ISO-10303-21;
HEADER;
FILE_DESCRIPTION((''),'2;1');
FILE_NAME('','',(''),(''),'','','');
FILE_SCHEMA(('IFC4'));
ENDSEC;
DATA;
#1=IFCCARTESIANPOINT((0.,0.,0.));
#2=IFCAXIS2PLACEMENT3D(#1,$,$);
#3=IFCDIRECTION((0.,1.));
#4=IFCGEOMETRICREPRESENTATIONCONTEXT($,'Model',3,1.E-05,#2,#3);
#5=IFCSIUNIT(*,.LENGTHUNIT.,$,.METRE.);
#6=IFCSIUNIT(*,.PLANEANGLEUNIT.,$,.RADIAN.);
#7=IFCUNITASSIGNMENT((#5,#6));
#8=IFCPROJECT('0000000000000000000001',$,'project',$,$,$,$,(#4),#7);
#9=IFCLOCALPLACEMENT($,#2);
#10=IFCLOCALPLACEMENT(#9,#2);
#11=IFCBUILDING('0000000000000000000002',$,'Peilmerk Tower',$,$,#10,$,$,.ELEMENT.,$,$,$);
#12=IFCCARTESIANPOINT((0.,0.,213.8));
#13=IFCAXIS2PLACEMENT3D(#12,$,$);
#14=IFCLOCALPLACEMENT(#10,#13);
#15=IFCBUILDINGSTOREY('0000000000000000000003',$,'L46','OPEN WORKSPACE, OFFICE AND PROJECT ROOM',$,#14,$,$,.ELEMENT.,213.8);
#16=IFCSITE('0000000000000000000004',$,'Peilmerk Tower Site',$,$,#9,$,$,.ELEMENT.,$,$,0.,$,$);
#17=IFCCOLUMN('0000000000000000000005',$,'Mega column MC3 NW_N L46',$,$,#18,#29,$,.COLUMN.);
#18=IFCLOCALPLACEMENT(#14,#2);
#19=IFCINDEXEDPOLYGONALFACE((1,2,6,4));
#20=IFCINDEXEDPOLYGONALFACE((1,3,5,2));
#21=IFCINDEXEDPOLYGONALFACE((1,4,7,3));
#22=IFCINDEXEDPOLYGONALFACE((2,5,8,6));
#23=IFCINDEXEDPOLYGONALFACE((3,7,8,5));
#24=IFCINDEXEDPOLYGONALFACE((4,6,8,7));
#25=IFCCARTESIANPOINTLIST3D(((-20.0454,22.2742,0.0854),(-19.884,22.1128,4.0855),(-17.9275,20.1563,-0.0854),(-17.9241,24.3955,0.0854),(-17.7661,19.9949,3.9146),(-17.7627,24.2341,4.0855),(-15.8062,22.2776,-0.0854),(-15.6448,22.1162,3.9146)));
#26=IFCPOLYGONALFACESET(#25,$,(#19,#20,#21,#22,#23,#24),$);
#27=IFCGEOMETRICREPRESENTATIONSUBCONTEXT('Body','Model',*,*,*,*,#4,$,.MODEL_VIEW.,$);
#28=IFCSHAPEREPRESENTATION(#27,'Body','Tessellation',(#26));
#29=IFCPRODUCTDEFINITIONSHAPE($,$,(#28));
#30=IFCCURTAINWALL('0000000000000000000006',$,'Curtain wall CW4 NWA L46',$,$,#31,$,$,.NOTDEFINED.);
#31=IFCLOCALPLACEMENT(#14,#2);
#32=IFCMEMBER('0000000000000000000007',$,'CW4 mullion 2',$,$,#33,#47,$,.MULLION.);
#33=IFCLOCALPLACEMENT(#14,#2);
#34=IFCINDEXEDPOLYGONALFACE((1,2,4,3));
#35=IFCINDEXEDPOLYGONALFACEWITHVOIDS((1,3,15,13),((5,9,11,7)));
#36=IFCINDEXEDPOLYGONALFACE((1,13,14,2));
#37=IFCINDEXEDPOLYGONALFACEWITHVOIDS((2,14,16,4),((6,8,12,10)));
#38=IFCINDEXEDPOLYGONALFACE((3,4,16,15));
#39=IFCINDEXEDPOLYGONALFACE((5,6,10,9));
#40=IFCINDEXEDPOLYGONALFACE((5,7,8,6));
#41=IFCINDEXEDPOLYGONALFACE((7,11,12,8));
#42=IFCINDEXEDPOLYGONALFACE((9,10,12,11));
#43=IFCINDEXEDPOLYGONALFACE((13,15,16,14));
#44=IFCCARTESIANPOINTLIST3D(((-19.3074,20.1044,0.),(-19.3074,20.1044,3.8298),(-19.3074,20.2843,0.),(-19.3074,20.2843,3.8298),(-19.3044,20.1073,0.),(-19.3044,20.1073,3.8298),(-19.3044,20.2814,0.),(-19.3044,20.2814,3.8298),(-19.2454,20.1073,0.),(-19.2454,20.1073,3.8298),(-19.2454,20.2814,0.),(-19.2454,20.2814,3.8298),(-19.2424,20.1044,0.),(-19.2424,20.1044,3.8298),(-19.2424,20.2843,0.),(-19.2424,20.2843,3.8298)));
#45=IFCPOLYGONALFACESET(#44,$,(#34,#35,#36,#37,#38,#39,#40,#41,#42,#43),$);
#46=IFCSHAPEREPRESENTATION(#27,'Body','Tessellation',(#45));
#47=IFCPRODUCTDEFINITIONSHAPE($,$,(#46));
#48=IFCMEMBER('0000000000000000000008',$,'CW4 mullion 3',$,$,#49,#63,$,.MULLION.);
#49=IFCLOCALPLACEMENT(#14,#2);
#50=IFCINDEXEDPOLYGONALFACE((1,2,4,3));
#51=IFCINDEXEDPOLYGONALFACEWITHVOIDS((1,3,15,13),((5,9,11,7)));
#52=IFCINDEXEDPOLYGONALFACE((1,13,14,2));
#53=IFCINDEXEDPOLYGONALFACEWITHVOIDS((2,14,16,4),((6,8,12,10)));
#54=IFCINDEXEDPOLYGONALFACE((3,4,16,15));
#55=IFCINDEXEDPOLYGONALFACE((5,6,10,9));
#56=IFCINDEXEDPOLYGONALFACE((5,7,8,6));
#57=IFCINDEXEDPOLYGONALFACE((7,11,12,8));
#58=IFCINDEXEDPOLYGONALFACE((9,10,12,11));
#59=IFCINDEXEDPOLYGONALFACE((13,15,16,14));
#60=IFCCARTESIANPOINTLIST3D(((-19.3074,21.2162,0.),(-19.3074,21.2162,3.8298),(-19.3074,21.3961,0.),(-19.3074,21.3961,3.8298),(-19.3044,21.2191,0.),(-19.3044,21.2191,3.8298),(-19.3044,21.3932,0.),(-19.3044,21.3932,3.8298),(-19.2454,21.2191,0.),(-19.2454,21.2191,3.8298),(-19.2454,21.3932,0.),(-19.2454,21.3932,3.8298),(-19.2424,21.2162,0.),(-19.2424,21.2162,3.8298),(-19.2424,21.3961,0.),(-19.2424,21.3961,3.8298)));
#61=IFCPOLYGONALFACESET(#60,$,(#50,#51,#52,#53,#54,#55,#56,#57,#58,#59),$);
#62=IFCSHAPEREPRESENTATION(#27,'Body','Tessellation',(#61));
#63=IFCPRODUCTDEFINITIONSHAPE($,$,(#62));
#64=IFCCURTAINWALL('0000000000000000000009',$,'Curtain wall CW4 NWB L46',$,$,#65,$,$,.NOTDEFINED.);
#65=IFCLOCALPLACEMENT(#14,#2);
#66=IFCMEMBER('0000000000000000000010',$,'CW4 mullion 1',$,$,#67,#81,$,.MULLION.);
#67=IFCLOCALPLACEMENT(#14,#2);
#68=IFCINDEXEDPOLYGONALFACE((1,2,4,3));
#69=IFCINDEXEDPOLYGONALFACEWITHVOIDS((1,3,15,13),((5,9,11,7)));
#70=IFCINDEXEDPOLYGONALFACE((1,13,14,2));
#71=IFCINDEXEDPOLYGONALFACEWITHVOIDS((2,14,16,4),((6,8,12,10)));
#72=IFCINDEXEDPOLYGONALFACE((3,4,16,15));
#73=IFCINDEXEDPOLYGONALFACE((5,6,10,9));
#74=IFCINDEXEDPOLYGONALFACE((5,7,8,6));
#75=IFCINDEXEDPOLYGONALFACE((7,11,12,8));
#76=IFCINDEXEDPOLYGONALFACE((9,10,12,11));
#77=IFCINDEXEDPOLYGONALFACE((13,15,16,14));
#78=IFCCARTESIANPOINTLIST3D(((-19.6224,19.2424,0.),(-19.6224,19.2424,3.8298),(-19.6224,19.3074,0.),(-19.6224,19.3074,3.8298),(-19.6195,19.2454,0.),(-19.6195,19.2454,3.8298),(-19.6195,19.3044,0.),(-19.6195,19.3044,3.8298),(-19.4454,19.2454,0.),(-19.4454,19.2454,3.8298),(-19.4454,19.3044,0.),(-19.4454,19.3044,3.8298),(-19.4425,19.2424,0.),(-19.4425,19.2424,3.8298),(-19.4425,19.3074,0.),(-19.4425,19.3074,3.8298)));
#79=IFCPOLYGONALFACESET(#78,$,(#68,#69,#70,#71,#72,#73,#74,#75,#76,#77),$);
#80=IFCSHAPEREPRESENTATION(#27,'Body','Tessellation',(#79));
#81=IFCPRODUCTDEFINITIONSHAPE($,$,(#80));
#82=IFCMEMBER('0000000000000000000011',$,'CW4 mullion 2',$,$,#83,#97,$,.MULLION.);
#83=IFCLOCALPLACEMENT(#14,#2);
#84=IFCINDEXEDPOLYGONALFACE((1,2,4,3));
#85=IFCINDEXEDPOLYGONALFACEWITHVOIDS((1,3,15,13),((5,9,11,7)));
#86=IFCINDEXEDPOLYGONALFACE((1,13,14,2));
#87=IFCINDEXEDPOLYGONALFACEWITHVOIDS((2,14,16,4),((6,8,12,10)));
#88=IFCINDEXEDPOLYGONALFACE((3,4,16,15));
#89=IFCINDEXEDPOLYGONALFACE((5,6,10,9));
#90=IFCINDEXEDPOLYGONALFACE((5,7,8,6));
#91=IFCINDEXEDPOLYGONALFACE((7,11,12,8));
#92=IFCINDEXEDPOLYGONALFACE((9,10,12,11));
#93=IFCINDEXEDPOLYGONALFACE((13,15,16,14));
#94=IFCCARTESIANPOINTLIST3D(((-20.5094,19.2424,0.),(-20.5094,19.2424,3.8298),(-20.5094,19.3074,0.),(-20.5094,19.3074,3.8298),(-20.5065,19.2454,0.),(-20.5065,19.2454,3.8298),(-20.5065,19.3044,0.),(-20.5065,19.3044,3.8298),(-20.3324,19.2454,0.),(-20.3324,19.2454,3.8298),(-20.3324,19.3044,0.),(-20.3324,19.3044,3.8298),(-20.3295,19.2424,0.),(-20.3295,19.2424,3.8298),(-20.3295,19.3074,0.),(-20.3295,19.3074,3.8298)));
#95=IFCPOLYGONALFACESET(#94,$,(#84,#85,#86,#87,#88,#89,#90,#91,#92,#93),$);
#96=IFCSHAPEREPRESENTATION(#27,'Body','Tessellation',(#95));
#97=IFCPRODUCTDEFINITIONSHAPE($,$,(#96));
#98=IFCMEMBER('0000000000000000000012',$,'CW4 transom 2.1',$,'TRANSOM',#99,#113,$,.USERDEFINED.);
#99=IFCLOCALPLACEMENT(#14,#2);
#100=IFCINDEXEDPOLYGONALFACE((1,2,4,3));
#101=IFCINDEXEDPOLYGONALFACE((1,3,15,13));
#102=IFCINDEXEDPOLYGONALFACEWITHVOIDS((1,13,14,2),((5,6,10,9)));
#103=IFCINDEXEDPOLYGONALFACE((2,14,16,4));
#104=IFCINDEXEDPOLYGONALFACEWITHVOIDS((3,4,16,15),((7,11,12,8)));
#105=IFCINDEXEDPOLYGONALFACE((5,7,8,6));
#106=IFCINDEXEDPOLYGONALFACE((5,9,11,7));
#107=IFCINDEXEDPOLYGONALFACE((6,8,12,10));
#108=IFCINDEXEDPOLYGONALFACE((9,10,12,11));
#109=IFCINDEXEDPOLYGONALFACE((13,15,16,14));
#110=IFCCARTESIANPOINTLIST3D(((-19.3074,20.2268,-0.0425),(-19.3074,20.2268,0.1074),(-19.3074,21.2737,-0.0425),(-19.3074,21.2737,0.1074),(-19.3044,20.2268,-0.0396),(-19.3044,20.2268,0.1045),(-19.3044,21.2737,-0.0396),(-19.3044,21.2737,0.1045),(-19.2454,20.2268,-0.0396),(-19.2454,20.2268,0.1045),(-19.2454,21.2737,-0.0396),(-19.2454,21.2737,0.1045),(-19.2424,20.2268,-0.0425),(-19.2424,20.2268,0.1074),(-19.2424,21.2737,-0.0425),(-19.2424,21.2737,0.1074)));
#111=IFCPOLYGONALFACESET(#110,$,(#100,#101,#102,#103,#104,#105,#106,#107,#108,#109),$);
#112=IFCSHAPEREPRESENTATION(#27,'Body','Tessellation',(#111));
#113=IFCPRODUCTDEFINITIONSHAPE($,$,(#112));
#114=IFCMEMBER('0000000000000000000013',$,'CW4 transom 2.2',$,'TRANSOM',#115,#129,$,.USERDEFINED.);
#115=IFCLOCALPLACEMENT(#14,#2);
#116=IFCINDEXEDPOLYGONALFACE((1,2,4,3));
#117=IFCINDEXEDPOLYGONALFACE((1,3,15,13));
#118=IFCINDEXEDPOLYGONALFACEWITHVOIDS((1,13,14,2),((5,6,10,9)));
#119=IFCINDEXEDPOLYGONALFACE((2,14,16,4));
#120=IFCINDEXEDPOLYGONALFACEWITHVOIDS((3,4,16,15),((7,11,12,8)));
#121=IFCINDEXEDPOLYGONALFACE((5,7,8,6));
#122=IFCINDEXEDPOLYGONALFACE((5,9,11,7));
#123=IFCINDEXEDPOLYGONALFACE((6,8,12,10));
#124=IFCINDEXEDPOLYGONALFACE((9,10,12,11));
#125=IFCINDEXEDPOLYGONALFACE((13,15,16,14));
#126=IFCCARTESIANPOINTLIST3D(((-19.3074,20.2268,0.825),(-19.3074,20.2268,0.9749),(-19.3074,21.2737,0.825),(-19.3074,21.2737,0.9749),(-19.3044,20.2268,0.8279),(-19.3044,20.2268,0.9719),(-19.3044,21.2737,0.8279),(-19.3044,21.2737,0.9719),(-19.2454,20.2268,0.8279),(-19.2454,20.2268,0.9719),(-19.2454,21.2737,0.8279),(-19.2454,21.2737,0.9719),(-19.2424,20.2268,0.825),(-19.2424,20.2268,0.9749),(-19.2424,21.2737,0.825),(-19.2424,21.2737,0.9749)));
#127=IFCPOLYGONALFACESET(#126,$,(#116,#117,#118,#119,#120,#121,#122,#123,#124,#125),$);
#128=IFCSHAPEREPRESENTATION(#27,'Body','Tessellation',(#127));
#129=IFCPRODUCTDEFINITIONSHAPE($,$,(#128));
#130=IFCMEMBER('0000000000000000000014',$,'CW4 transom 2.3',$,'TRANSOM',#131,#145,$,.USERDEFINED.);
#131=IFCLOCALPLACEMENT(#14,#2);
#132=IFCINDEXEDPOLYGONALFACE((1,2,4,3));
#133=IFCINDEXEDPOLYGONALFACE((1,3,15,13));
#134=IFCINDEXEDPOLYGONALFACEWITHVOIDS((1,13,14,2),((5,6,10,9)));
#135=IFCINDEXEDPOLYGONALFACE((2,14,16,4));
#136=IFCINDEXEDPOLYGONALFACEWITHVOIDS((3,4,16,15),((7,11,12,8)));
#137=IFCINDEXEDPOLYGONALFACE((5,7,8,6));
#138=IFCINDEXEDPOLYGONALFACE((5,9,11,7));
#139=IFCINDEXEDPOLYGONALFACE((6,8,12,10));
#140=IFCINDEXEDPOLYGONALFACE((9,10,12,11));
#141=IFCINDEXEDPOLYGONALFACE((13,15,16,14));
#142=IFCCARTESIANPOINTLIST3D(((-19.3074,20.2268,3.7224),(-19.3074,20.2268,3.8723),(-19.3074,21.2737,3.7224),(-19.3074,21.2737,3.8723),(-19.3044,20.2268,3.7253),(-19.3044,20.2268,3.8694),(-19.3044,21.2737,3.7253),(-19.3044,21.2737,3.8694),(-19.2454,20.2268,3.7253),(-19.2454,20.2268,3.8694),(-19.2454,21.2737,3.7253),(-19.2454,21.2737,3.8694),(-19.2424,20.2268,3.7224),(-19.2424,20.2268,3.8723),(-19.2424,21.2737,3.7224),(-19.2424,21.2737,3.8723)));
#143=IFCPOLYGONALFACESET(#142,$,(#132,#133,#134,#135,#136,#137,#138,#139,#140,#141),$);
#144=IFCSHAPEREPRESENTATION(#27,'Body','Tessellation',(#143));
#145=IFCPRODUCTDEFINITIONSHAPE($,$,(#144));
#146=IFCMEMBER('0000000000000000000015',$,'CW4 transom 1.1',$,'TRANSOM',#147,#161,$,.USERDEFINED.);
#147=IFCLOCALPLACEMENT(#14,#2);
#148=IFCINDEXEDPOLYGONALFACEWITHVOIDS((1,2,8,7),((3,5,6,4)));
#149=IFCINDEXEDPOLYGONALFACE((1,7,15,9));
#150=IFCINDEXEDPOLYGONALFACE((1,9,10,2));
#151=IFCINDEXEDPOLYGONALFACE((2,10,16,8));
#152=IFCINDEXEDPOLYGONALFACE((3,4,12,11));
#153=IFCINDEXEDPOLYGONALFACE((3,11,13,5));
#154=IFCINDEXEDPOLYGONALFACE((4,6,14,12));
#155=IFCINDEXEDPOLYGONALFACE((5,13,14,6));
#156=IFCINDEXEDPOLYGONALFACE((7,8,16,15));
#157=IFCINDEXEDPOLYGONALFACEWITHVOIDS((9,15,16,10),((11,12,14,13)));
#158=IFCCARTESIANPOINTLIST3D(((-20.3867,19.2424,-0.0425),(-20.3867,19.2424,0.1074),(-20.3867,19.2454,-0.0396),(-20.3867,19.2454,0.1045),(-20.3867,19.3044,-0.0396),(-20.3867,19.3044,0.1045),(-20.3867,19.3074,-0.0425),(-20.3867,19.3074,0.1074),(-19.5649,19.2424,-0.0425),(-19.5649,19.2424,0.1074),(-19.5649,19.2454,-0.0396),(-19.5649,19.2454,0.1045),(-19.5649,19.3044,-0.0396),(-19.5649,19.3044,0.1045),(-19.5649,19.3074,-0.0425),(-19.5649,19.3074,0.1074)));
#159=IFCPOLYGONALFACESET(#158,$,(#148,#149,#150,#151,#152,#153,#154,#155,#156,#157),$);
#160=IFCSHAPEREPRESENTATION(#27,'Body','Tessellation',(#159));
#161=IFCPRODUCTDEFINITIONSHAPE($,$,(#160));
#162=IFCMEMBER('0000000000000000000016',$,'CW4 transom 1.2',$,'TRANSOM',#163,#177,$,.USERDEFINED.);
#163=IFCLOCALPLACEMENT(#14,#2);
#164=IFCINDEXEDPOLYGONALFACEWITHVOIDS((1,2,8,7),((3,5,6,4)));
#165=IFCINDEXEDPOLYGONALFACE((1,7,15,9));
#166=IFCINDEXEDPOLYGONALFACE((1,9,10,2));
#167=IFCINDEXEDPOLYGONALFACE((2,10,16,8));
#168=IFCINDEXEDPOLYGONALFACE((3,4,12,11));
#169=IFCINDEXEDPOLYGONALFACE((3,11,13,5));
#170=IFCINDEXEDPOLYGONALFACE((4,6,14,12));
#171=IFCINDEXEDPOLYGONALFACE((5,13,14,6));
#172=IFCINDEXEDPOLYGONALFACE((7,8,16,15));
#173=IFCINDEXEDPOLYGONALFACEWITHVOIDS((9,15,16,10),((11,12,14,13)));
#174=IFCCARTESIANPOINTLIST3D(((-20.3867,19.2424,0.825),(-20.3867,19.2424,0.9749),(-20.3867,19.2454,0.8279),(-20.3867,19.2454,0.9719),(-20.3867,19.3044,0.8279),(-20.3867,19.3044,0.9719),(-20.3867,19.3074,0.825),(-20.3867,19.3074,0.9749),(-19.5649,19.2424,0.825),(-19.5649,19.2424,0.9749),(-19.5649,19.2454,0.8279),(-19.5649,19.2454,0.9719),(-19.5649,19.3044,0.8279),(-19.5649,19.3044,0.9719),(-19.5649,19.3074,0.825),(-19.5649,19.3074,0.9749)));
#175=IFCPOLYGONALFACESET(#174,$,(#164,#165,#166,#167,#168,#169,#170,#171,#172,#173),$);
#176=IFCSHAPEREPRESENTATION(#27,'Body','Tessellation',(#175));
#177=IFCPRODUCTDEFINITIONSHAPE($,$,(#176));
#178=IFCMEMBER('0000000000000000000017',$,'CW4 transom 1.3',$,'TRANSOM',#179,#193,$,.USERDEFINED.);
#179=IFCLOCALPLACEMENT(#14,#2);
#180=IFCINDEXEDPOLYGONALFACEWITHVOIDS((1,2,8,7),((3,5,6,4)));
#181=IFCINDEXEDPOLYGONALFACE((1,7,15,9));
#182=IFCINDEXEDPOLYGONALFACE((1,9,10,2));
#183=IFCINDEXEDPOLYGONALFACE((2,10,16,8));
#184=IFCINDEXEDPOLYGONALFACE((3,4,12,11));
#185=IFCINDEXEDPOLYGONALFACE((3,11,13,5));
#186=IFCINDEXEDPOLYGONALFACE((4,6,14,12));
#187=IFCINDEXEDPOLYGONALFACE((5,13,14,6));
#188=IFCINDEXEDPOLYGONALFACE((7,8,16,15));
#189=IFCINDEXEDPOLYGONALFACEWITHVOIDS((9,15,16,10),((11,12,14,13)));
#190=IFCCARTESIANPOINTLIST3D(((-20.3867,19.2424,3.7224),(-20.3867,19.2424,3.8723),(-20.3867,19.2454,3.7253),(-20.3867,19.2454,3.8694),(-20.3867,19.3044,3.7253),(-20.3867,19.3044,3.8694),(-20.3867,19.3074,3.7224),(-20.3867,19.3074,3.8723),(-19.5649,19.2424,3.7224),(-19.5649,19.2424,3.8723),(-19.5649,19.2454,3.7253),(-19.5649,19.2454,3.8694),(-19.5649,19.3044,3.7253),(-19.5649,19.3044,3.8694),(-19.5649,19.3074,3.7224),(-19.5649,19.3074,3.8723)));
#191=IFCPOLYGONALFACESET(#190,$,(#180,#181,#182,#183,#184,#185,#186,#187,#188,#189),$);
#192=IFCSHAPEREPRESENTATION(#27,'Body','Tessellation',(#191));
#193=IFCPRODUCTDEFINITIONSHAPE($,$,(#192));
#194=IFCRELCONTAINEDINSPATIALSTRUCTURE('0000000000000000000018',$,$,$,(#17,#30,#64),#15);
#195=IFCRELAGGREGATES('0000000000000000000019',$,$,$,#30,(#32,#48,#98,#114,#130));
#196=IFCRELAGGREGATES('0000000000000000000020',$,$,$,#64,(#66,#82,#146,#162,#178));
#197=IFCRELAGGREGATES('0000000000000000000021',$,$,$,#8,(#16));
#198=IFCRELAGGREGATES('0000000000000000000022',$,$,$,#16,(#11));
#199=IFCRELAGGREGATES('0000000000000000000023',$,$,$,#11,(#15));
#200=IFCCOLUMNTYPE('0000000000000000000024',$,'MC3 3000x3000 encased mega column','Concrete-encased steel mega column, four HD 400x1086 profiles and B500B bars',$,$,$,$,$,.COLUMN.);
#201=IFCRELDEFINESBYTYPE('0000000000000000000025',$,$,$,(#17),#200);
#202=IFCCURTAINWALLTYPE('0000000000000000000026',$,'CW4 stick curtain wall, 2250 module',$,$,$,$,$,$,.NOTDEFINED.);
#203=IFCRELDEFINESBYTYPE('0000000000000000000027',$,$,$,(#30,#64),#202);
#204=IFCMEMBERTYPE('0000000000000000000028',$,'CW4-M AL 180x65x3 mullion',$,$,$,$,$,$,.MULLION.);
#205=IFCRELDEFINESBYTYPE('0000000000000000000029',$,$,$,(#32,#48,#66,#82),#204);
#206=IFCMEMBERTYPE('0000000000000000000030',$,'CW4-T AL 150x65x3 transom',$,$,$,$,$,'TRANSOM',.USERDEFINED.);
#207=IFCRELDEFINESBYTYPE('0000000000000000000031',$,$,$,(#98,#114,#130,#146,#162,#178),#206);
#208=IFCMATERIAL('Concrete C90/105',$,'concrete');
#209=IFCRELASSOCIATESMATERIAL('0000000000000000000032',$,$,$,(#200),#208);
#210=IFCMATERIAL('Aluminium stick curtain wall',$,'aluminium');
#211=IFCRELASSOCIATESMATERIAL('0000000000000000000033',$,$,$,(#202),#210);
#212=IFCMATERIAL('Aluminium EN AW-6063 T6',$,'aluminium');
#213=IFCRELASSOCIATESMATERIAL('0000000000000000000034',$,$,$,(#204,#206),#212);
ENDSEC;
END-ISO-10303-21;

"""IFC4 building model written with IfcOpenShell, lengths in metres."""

from ifc_helpers import new_model, si_unit, direction, frame, origin, origin_2d, place, context, subcontext, project, spatial, rectangle, hollow_rectangle, extrude, material, material_profile, profile_set, type_object, element, aggregate, save


model = new_model("IFC4")

# Units and contexts
model_context = context("Model", 3, precision=1e-05, world=origin(), true_north=direction((0.0, 1.0)))
body_context = subcontext(model_context, "Body", "Model", "MODEL_VIEW")
ifc_project = project(units=[si_unit("LENGTHUNIT", "METRE"), si_unit("PLANEANGLEUNIT", "RADIAN")], contexts=[model_context])

# Site, building, storey
site_placement = place(None, origin())
site = spatial("IfcSite", under=ifc_project, at=site_placement, Name="Peilmerk Tower Site", CompositionType="ELEMENT", RefElevation=0.0)
building_placement = place(site_placement, origin())
building = spatial("IfcBuilding", under=site, at=building_placement, Name="Peilmerk Tower", CompositionType="ELEMENT")
storey_placement = place(building_placement, frame((0.0, 0.0, 213.8)))
storey = spatial("IfcBuildingStorey", under=building, at=storey_placement, Name="L46", Description="OPEN WORKSPACE, OFFICE AND PROJECT ROOM", CompositionType="ELEMENT", Elevation=213.8)

# Column
ifc_material_1 = material(Name="Concrete C90/105", Category="concrete")
ifc_material_profile_1 = material_profile(ifc_material_1, rectangle(XDim=3.0, YDim=3.0, at=origin_2d()), Name="RC 3000x3000")
ifc_profile_set_1 = profile_set([ifc_material_profile_1], Name="Concrete C90/105")
column_type = type_object("IfcColumnType", Name="MC3 3000x3000 encased mega column", Description="Concrete-encased steel mega column, four HD 400x1086 profiles and B500B bars", PredefinedType="COLUMN", material=ifc_profile_set_1)
column_placement = place(storey_placement, frame((-17.9258, 22.2759, 0.0), z_axis=(0.040279, -0.040279, 0.998376), x_axis=(0.707107, 0.707107, 0.0)))
element("IfcColumn", 1, at=column_placement, inside=storey, type_object=column_type, Name="Mega column MC3 NW_N L46", PredefinedType="COLUMN", context=body_context, shape_type="SweptSolid", body=[
    extrude(rectangle(XDim=3.0, YDim=3.0, at=origin_2d()), origin(), (0.0, 0.0, 1.0), 4.0066),
])

# Curtain walls, members
ifc_material_2 = material(Name="Aluminium stick curtain wall", Category="aluminium")
curtain_wall_type = type_object("IfcCurtainWallType", Name="CW4 stick curtain wall, 2250 module", PredefinedType="NOTDEFINED", material=ifc_material_2)
curtain_wall_1_placement = place(storey_placement, origin())
curtain_wall_1 = element("IfcCurtainWall", 2, at=curtain_wall_1_placement, inside=storey, type_object=curtain_wall_type, Name="Curtain wall CW4 NWA L46", PredefinedType="NOTDEFINED")
ifc_material_3 = material(Name="Aluminium EN AW-6063 T6", Category="aluminium")
ifc_material_profile_2 = material_profile(ifc_material_3, hollow_rectangle(XDim=0.0649, YDim=0.1799, WallThickness=0.0029, at=origin_2d()), Name="AL 180x65x3")
ifc_profile_set_2 = profile_set([ifc_material_profile_2], Name="Aluminium EN AW-6063 T6")
member_type_1 = type_object("IfcMemberType", Name="CW4-M AL 180x65x3 mullion", PredefinedType="MULLION", material=ifc_profile_set_2)
member_1_placement = place(storey_placement, frame((-19.2749, 20.1943, 0.0), z_axis=(0.0, 0.0, 1.0), x_axis=(-1.0, 0.0, 0.0)))
member_1 = element("IfcMember", 3, at=member_1_placement, type_object=member_type_1, Name="CW4 mullion 2", PredefinedType="MULLION", context=body_context, shape_type="SweptSolid", body=[
    extrude(hollow_rectangle(XDim=0.0649, YDim=0.1799, WallThickness=0.0029, at=origin_2d()), origin(), (0.0, 0.0, 1.0), 3.8298),
])
member_2_placement = place(storey_placement, frame((-19.2749, 21.3062, 0.0), z_axis=(0.0, 0.0, 1.0), x_axis=(-1.0, 0.0, 0.0)))
member_2 = element("IfcMember", 4, at=member_2_placement, type_object=member_type_1, Name="CW4 mullion 3", PredefinedType="MULLION", context=body_context, shape_type="SweptSolid", body=[
    extrude(hollow_rectangle(XDim=0.0649, YDim=0.1799, WallThickness=0.0029, at=origin_2d()), origin(), (0.0, 0.0, 1.0), 3.8298),
])
curtain_wall_2_placement = place(storey_placement, origin())
curtain_wall_2 = element("IfcCurtainWall", 5, at=curtain_wall_2_placement, inside=storey, type_object=curtain_wall_type, Name="Curtain wall CW4 NWB L46", PredefinedType="NOTDEFINED")
member_3_placement = place(storey_placement, frame((-19.5325, 19.2749, 0.0), z_axis=(0.0, 0.0, 1.0), x_axis=(0.0, -1.0, 0.0)))
member_3 = element("IfcMember", 6, at=member_3_placement, type_object=member_type_1, Name="CW4 mullion 1", PredefinedType="MULLION", context=body_context, shape_type="SweptSolid", body=[
    extrude(hollow_rectangle(XDim=0.0649, YDim=0.1799, WallThickness=0.0029, at=origin_2d()), origin(), (0.0, 0.0, 1.0), 3.8298),
])
member_4_placement = place(storey_placement, frame((-20.4194, 19.2749, 0.0), z_axis=(0.0, 0.0, 1.0), x_axis=(0.0, -1.0, 0.0)))
member_4 = element("IfcMember", 7, at=member_4_placement, type_object=member_type_1, Name="CW4 mullion 2", PredefinedType="MULLION", context=body_context, shape_type="SweptSolid", body=[
    extrude(hollow_rectangle(XDim=0.0649, YDim=0.1799, WallThickness=0.0029, at=origin_2d()), origin(), (0.0, 0.0, 1.0), 3.8298),
])

# Members
ifc_material_profile_3 = material_profile(ifc_material_3, hollow_rectangle(XDim=0.0649, YDim=0.1499, WallThickness=0.0029, at=origin_2d()), Name="AL 150x65x3")
ifc_profile_set_3 = profile_set([ifc_material_profile_3], Name="Aluminium EN AW-6063 T6")
member_type_2 = type_object("IfcMemberType", Name="CW4-T AL 150x65x3 transom", ElementType="TRANSOM", PredefinedType="USERDEFINED", material=ifc_profile_set_3)
member_5_placement = place(storey_placement, frame((-19.2749, 20.2268, 0.0325), z_axis=(0.0, 1.0, 0.0), x_axis=(-1.0, 0.0, 0.0)))
member_5 = element("IfcMember", 8, at=member_5_placement, type_object=member_type_2, Name="CW4 transom 2.1", ObjectType="TRANSOM", PredefinedType="USERDEFINED", context=body_context, shape_type="SweptSolid", body=[
    extrude(hollow_rectangle(XDim=0.0649, YDim=0.1499, WallThickness=0.0029, at=origin_2d()), origin(), (0.0, 0.0, 1.0), 1.0469),
])
member_6_placement = place(storey_placement, frame((-19.2749, 20.2268, 0.8999), z_axis=(0.0, 1.0, 0.0), x_axis=(-1.0, 0.0, 0.0)))
member_6 = element("IfcMember", 9, at=member_6_placement, type_object=member_type_2, Name="CW4 transom 2.2", ObjectType="TRANSOM", PredefinedType="USERDEFINED", context=body_context, shape_type="SweptSolid", body=[
    extrude(hollow_rectangle(XDim=0.0649, YDim=0.1499, WallThickness=0.0029, at=origin_2d()), origin(), (0.0, 0.0, 1.0), 1.0469),
])
member_7_placement = place(storey_placement, frame((-19.2749, 20.2268, 3.7974), z_axis=(0.0, 1.0, 0.0), x_axis=(-1.0, 0.0, 0.0)))
member_7 = element("IfcMember", 10, at=member_7_placement, type_object=member_type_2, Name="CW4 transom 2.3", ObjectType="TRANSOM", PredefinedType="USERDEFINED", context=body_context, shape_type="SweptSolid", body=[
    extrude(hollow_rectangle(XDim=0.0649, YDim=0.1499, WallThickness=0.0029, at=origin_2d()), origin(), (0.0, 0.0, 1.0), 1.0469),
])
member_8_placement = place(storey_placement, frame((-19.5649, 19.2749, 0.0325), z_axis=(-1.0, 0.0, 0.0), x_axis=(0.0, -1.0, 0.0)))
member_8 = element("IfcMember", 11, at=member_8_placement, type_object=member_type_2, Name="CW4 transom 1.1", ObjectType="TRANSOM", PredefinedType="USERDEFINED", context=body_context, shape_type="SweptSolid", body=[
    extrude(hollow_rectangle(XDim=0.0649, YDim=0.1499, WallThickness=0.0029, at=origin_2d()), origin(), (0.0, 0.0, 1.0), 0.8218),
])
member_9_placement = place(storey_placement, frame((-19.5649, 19.2749, 0.8999), z_axis=(-1.0, 0.0, 0.0), x_axis=(0.0, -1.0, 0.0)))
member_9 = element("IfcMember", 12, at=member_9_placement, type_object=member_type_2, Name="CW4 transom 1.2", ObjectType="TRANSOM", PredefinedType="USERDEFINED", context=body_context, shape_type="SweptSolid", body=[
    extrude(hollow_rectangle(XDim=0.0649, YDim=0.1499, WallThickness=0.0029, at=origin_2d()), origin(), (0.0, 0.0, 1.0), 0.8218),
])
member_10_placement = place(storey_placement, frame((-19.5649, 19.2749, 3.7974), z_axis=(-1.0, 0.0, 0.0), x_axis=(0.0, -1.0, 0.0)))
member_10 = element("IfcMember", 13, at=member_10_placement, type_object=member_type_2, Name="CW4 transom 1.3", ObjectType="TRANSOM", PredefinedType="USERDEFINED", context=body_context, shape_type="SweptSolid", body=[
    extrude(hollow_rectangle(XDim=0.0649, YDim=0.1499, WallThickness=0.0029, at=origin_2d()), origin(), (0.0, 0.0, 1.0), 0.8218),
])

aggregate(curtain_wall_1, [member_1, member_2, member_5, member_6, member_7])
aggregate(curtain_wall_2, [member_3, member_4, member_8, member_9, member_10])

save(model, "model.ifc")
